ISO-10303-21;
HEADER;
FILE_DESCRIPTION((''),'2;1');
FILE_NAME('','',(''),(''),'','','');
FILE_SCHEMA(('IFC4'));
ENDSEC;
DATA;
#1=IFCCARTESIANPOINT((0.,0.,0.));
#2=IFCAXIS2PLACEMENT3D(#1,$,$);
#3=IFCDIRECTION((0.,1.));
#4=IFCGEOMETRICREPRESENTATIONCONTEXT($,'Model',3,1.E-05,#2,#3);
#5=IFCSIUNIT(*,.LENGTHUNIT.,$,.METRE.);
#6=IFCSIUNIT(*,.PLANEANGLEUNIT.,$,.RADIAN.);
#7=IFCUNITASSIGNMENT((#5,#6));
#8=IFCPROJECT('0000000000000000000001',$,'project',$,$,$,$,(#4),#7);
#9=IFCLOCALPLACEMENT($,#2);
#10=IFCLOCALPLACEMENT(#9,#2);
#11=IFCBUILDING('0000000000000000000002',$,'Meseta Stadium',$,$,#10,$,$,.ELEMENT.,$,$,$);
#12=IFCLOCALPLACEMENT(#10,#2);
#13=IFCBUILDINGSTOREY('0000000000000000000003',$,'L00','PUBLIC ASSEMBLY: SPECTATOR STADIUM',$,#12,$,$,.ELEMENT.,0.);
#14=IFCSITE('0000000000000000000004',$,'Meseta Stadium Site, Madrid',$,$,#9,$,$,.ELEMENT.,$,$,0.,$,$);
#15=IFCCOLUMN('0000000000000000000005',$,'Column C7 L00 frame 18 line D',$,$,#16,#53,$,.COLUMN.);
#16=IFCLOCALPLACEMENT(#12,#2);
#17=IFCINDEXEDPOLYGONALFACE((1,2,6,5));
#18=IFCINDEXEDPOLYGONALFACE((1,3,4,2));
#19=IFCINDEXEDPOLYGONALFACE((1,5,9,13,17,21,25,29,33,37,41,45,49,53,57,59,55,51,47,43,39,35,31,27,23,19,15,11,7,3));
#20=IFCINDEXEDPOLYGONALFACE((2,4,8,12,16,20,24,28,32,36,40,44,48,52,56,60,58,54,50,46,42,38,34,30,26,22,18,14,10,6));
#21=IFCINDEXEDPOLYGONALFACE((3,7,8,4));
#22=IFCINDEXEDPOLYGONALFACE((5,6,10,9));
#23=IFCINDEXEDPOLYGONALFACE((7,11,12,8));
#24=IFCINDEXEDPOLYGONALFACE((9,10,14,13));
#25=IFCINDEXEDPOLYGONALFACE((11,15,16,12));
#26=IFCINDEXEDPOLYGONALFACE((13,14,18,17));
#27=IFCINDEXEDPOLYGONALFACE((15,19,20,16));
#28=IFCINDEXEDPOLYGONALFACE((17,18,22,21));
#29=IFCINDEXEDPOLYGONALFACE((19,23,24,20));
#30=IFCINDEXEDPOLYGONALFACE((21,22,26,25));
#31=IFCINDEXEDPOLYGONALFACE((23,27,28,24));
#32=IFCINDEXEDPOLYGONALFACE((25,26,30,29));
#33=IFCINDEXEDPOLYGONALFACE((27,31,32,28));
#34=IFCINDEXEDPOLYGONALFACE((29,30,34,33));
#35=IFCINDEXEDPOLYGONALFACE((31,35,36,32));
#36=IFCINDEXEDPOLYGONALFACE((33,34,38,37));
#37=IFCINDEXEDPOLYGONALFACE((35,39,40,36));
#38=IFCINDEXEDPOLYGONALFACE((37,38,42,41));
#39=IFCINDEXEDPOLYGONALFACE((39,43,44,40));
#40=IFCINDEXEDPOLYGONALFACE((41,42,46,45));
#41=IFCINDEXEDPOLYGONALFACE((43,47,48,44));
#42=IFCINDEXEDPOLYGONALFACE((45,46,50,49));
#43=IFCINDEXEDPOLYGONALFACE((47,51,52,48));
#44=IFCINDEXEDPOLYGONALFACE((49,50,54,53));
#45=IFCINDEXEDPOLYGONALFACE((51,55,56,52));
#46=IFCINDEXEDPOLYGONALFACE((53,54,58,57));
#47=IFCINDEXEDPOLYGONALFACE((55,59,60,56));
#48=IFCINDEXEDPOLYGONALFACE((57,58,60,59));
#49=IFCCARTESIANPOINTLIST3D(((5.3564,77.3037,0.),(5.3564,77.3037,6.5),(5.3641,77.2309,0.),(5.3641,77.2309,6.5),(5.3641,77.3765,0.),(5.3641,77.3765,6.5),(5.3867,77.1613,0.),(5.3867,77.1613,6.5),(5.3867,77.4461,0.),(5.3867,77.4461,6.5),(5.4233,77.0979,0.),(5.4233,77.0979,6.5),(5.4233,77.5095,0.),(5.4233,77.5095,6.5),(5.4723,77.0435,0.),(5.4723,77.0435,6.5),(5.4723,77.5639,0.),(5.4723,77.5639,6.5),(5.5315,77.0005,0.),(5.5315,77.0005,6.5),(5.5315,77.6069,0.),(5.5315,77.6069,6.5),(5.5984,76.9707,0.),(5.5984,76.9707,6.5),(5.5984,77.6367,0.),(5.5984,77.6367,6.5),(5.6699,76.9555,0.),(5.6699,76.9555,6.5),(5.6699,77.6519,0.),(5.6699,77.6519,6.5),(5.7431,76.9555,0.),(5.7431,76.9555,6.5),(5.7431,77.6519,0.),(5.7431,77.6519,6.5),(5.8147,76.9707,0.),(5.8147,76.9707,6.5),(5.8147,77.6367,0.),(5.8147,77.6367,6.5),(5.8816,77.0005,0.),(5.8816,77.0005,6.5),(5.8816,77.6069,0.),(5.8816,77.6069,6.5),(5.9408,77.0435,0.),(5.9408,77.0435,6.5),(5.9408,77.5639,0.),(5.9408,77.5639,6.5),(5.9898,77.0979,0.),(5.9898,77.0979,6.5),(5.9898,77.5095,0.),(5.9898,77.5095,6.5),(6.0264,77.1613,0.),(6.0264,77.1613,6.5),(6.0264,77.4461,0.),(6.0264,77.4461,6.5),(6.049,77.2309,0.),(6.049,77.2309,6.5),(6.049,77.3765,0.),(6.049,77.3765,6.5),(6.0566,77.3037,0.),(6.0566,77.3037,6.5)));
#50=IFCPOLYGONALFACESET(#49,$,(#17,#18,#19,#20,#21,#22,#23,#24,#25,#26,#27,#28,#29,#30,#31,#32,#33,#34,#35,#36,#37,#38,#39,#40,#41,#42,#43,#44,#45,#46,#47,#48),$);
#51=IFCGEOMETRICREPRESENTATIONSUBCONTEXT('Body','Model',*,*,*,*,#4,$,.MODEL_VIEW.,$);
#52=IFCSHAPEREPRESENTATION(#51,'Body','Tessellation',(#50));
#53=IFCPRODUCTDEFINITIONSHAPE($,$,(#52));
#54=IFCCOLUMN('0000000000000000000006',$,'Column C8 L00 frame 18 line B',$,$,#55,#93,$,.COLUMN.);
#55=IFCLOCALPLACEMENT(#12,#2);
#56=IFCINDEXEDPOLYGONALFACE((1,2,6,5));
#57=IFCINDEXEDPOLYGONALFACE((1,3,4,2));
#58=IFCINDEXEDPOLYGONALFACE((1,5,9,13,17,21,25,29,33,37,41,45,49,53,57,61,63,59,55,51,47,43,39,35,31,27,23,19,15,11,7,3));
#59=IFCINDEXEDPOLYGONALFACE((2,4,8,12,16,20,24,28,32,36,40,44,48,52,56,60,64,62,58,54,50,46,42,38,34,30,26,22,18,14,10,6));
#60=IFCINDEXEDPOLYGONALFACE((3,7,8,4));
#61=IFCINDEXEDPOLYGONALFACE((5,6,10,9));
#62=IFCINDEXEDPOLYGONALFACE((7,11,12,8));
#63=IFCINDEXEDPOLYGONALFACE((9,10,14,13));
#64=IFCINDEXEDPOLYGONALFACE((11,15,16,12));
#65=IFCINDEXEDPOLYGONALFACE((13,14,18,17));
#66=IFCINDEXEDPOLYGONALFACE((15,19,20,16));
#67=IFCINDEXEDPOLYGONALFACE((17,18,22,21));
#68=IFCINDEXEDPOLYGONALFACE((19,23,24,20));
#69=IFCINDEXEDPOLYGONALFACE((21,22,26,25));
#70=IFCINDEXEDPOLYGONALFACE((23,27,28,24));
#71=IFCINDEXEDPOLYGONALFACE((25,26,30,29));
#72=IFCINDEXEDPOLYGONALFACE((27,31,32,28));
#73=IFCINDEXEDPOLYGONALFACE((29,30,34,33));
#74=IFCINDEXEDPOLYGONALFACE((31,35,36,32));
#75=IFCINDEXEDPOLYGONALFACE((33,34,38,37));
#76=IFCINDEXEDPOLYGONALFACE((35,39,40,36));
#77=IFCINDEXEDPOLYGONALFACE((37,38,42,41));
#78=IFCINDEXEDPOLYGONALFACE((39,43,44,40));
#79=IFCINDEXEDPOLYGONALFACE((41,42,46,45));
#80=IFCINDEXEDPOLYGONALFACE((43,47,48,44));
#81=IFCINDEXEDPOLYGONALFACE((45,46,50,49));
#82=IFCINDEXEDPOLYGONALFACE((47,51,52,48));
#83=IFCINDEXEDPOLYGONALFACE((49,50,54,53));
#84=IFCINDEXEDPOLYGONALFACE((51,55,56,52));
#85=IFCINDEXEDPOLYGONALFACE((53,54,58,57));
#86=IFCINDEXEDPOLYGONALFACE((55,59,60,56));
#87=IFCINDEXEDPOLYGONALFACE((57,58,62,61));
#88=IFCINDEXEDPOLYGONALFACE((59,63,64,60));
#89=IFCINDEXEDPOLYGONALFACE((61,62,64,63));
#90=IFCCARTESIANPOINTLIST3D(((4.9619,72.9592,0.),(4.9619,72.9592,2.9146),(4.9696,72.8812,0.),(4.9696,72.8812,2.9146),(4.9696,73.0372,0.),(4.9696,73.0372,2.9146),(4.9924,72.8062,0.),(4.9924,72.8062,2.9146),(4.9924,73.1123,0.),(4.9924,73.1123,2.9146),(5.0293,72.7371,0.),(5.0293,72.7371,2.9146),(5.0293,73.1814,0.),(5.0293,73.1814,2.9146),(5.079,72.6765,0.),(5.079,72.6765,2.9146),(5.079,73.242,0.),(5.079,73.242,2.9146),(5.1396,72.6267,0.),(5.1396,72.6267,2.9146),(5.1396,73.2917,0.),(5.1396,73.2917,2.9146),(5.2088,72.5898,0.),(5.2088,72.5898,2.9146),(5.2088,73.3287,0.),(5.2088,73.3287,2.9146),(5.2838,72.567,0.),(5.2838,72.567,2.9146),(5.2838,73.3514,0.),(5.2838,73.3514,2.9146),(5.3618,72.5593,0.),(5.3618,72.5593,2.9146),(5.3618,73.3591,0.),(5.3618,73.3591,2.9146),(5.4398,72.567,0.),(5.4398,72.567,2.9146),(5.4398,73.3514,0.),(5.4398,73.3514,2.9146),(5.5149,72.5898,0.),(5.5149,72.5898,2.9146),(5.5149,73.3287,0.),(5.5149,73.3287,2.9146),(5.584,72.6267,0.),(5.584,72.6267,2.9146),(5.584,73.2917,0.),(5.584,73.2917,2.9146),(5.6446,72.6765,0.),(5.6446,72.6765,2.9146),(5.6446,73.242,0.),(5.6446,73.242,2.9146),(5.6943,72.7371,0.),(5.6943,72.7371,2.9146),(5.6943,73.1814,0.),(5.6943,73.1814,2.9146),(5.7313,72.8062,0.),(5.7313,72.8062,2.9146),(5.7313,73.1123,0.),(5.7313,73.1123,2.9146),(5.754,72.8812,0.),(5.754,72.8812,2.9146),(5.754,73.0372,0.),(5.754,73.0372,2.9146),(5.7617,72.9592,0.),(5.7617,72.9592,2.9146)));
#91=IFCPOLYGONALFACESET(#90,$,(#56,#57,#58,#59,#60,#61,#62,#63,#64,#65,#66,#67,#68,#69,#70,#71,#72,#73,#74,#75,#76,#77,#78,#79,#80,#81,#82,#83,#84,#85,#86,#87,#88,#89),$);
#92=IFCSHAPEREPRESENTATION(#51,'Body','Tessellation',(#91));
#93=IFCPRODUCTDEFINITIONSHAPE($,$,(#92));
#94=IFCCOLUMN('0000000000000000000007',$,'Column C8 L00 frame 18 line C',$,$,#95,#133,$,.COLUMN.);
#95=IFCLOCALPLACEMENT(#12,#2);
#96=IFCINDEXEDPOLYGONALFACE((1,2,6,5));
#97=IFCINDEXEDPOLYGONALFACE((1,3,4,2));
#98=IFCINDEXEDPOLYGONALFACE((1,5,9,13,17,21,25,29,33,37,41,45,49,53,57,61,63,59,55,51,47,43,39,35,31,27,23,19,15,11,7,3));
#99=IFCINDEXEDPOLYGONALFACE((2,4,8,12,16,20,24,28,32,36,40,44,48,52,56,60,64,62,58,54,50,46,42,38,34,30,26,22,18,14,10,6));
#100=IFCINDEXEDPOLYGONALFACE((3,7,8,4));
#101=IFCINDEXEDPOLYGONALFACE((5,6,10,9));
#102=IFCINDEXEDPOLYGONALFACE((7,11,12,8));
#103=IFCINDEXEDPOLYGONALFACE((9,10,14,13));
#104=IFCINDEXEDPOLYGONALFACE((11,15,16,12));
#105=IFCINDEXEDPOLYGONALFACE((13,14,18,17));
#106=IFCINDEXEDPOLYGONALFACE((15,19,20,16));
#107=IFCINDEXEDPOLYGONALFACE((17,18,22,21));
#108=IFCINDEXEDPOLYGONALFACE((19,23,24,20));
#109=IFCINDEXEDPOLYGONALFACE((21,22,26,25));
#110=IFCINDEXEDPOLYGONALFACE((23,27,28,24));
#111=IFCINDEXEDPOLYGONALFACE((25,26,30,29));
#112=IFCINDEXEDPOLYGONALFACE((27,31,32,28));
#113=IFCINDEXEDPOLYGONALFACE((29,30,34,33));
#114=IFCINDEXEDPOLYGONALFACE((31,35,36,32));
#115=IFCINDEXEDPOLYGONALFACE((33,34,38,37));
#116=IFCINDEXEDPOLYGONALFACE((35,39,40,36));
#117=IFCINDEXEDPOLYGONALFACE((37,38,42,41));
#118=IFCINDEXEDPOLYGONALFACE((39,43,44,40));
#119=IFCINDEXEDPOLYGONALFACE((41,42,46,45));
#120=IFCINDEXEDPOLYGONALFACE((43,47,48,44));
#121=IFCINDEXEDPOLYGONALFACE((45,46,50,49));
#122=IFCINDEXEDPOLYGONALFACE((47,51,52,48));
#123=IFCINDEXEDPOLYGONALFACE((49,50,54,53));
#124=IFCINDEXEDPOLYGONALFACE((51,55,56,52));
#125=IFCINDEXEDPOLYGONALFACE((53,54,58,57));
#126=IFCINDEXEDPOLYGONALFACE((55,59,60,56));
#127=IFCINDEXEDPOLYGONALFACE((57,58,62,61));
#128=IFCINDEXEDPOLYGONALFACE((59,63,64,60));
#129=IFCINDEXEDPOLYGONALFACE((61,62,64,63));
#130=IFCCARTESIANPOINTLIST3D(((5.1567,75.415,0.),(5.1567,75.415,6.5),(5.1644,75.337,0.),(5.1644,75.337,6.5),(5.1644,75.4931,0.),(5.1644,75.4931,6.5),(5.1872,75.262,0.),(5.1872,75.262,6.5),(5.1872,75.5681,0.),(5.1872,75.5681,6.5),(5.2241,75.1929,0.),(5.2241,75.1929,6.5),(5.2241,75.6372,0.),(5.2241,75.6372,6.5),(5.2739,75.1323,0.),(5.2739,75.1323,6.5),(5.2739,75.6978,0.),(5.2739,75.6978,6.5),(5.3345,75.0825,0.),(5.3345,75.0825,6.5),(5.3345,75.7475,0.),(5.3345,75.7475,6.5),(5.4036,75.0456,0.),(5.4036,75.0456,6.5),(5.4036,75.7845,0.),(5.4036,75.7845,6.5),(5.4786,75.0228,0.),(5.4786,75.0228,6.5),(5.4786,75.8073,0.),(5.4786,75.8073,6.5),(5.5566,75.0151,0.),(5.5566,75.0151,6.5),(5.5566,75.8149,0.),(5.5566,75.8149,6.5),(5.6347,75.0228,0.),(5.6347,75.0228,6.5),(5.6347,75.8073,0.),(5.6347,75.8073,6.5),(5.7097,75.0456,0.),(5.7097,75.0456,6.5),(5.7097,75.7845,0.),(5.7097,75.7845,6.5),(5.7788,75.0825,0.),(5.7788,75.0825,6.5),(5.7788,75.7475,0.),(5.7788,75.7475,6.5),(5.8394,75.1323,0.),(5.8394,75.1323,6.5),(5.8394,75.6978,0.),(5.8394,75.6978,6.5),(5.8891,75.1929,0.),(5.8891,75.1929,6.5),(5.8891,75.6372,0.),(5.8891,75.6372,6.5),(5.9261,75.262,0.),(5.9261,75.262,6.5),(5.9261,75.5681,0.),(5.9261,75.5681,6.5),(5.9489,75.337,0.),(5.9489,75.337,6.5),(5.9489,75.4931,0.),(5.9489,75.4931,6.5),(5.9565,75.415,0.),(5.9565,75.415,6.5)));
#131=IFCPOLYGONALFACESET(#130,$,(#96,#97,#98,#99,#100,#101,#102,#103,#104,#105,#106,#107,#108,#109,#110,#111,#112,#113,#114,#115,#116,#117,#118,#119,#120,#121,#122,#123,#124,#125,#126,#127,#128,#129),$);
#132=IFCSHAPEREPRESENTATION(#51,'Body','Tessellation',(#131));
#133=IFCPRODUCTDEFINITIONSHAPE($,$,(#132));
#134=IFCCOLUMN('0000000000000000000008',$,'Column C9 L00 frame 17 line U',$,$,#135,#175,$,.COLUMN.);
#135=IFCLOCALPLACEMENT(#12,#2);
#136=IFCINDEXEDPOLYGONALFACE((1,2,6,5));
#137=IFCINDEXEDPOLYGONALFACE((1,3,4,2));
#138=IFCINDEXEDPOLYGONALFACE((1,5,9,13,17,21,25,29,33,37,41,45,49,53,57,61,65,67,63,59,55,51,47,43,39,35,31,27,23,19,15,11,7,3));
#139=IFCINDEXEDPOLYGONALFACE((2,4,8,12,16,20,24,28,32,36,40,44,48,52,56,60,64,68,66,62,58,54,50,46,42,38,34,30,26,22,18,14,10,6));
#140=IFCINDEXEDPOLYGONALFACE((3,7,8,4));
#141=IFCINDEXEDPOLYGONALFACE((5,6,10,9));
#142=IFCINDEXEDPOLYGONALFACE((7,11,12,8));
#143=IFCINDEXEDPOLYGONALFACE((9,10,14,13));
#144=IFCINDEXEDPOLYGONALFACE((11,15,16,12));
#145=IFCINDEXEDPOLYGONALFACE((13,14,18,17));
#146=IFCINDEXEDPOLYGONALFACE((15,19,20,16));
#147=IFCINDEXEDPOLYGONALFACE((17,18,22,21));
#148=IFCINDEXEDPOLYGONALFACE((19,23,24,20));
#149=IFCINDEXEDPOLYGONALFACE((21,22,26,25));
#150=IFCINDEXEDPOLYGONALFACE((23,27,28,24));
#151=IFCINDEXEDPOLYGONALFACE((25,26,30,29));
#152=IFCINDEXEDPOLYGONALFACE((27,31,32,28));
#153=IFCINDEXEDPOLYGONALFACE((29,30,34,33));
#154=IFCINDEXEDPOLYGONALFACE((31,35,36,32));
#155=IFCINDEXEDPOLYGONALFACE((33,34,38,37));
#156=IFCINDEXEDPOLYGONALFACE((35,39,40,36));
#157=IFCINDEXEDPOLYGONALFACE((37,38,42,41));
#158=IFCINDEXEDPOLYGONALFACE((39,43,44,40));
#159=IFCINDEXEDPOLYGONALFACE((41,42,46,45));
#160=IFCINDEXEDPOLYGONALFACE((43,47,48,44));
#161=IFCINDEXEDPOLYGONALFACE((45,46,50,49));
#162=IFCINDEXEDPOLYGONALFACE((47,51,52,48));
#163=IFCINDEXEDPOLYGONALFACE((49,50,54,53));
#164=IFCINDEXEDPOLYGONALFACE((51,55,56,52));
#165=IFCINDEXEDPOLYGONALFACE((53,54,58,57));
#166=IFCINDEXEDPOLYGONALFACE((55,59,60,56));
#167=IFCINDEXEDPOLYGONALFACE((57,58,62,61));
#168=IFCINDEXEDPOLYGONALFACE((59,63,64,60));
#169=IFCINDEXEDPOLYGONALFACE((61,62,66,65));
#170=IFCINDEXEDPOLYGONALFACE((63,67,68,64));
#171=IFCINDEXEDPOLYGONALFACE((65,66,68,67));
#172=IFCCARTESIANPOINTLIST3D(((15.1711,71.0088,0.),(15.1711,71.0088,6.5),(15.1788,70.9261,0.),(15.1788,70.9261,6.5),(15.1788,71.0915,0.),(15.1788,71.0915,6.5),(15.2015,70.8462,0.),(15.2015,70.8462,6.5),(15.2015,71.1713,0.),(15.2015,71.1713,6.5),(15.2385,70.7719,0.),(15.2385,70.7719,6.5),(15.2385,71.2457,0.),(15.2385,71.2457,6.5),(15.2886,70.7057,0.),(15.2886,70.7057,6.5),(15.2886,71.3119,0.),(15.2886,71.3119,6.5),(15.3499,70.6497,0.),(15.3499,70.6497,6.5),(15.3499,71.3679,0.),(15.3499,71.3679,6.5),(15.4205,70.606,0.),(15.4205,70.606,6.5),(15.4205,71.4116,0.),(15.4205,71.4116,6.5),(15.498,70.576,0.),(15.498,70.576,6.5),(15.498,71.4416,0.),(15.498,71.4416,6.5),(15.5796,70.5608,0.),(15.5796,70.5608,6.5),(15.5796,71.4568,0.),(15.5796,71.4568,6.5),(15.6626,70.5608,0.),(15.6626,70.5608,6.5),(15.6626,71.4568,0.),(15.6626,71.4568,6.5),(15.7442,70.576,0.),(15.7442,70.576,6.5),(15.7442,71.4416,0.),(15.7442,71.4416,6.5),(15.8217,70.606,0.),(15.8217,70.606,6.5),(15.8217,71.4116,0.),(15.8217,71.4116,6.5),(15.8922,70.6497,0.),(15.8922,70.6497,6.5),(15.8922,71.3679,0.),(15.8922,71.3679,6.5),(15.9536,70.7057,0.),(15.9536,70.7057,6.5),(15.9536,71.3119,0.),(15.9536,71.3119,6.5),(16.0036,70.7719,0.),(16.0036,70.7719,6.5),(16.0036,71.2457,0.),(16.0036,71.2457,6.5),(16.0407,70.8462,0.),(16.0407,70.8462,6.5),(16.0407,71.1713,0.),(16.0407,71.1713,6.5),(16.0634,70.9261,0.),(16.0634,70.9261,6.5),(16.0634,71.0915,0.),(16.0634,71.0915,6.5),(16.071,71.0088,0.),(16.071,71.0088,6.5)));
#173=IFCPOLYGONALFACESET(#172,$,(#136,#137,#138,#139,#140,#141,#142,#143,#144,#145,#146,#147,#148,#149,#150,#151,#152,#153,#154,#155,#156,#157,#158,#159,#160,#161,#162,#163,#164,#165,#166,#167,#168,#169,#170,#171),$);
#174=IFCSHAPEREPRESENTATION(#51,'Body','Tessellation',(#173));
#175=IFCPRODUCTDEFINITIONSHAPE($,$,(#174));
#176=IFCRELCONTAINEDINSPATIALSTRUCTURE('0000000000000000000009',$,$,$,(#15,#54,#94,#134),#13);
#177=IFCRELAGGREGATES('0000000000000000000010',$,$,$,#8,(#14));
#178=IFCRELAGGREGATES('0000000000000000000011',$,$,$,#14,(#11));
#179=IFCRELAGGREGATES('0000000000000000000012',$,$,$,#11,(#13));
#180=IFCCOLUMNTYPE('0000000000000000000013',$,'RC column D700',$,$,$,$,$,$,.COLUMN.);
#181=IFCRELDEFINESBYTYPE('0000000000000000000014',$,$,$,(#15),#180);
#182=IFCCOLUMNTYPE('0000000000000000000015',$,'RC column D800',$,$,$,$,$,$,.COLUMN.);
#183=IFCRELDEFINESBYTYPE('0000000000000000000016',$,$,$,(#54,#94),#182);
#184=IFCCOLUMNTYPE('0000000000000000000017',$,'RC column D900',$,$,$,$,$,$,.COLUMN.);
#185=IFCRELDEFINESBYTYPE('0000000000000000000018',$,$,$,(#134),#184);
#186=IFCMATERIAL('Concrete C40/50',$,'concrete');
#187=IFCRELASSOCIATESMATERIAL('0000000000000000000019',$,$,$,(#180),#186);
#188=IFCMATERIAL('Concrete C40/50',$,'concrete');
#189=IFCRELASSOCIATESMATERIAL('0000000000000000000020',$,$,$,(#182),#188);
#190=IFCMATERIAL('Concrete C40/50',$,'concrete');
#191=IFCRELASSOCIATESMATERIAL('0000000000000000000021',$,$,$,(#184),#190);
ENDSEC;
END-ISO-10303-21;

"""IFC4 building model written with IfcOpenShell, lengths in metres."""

from ifc_helpers import new_model, si_unit, direction, frame, origin, origin_2d, place, context, subcontext, project, spatial, circle, extrude, material, material_profile, profile_set, type_object, element, save


model = new_model("IFC4")

# Units and contexts
model_context = context("Model", 3, precision=1e-05, world=origin(), true_north=direction((0.0, 1.0)))
body_context = subcontext(model_context, "Body", "Model", "MODEL_VIEW")
ifc_project = project(units=[si_unit("LENGTHUNIT", "METRE"), si_unit("PLANEANGLEUNIT", "RADIAN")], contexts=[model_context])

# Site, building, storey
site_placement = place(None, origin())
site = spatial("IfcSite", under=ifc_project, at=site_placement, Name="Meseta Stadium Site, Madrid", CompositionType="ELEMENT", RefElevation=0.0)
building_placement = place(site_placement, origin())
building = spatial("IfcBuilding", under=site, at=building_placement, Name="Meseta Stadium", CompositionType="ELEMENT")
storey_placement = place(building_placement, origin())
storey = spatial("IfcBuildingStorey", under=building, at=storey_placement, Name="L00", Description="PUBLIC ASSEMBLY: SPECTATOR STADIUM", CompositionType="ELEMENT", Elevation=0.0)

# Columns
ifc_material_1 = material(Name="Concrete C40/50", Category="concrete")
ifc_material_profile_1 = material_profile(ifc_material_1, circle(Radius=0.3501, at=origin_2d()), Name="RC D700")
ifc_profile_set_1 = profile_set([ifc_material_profile_1], Name="Concrete C40/50")
column_type_1 = type_object("IfcColumnType", Name="RC column D700", PredefinedType="COLUMN", material=ifc_profile_set_1)
column_1_placement = place(storey_placement, frame((5.7065, 77.3037, 0.0), z_axis=(0.0, 0.0, 1.0), x_axis=(1.0, 0.0, 0.0)))
element("IfcColumn", 1, at=column_1_placement, inside=storey, type_object=column_type_1, Name="Column C7 L00 frame 18 line D", PredefinedType="COLUMN", context=body_context, shape_type="SweptSolid", body=[
    extrude(circle(Radius=0.3501, at=origin_2d()), origin(), (0.0, 0.0, 1.0), 6.5),
])
ifc_material_2 = material(Name="Concrete C40/50", Category="concrete")
ifc_material_profile_2 = material_profile(ifc_material_2, circle(Radius=0.3999, at=origin_2d()), Name="RC D800")
ifc_profile_set_2 = profile_set([ifc_material_profile_2], Name="Concrete C40/50")
column_type_2 = type_object("IfcColumnType", Name="RC column D800", PredefinedType="COLUMN", material=ifc_profile_set_2)
column_2_placement = place(storey_placement, frame((5.3618, 72.9592, 0.0), z_axis=(0.0, 0.0, 1.0), x_axis=(1.0, 0.0, 0.0)))
element("IfcColumn", 2, at=column_2_placement, inside=storey, type_object=column_type_2, Name="Column C8 L00 frame 18 line B", PredefinedType="COLUMN", context=body_context, shape_type="SweptSolid", body=[
    extrude(circle(Radius=0.3999, at=origin_2d()), origin(), (0.0, 0.0, 1.0), 2.9146),
])
column_3_placement = place(storey_placement, frame((5.5566, 75.415, 0.0), z_axis=(0.0, 0.0, 1.0), x_axis=(1.0, 0.0, 0.0)))
element("IfcColumn", 3, at=column_3_placement, inside=storey, type_object=column_type_2, Name="Column C8 L00 frame 18 line C", PredefinedType="COLUMN", context=body_context, shape_type="SweptSolid", body=[
    extrude(circle(Radius=0.3999, at=origin_2d()), origin(), (0.0, 0.0, 1.0), 6.5),
])
ifc_material_3 = material(Name="Concrete C40/50", Category="concrete")
ifc_material_profile_3 = material_profile(ifc_material_3, circle(Radius=0.45, at=origin_2d()), Name="RC D900")
ifc_profile_set_3 = profile_set([ifc_material_profile_3], Name="Concrete C40/50")
column_type_3 = type_object("IfcColumnType", Name="RC column D900", PredefinedType="COLUMN", material=ifc_profile_set_3)
for number, where, z_axis, x_axis, name in (
    (4, (15.6211, 71.0088, 0.0), (0.0, 0.0, 1.0), (1.0, 0.0, 0.0), "Column C9 L00 frame 17 line U"),
):
    element("IfcColumn", number, at=place(storey_placement, frame(where, z_axis=z_axis, x_axis=x_axis)), inside=storey, type_object=column_type_3, Name=name, PredefinedType="COLUMN", context=body_context, shape_type="SweptSolid", body=[
        extrude(circle(Radius=0.45, at=origin_2d()), origin(), (0.0, 0.0, 1.0), 6.5),
    ])

save(model, "model.ifc")
